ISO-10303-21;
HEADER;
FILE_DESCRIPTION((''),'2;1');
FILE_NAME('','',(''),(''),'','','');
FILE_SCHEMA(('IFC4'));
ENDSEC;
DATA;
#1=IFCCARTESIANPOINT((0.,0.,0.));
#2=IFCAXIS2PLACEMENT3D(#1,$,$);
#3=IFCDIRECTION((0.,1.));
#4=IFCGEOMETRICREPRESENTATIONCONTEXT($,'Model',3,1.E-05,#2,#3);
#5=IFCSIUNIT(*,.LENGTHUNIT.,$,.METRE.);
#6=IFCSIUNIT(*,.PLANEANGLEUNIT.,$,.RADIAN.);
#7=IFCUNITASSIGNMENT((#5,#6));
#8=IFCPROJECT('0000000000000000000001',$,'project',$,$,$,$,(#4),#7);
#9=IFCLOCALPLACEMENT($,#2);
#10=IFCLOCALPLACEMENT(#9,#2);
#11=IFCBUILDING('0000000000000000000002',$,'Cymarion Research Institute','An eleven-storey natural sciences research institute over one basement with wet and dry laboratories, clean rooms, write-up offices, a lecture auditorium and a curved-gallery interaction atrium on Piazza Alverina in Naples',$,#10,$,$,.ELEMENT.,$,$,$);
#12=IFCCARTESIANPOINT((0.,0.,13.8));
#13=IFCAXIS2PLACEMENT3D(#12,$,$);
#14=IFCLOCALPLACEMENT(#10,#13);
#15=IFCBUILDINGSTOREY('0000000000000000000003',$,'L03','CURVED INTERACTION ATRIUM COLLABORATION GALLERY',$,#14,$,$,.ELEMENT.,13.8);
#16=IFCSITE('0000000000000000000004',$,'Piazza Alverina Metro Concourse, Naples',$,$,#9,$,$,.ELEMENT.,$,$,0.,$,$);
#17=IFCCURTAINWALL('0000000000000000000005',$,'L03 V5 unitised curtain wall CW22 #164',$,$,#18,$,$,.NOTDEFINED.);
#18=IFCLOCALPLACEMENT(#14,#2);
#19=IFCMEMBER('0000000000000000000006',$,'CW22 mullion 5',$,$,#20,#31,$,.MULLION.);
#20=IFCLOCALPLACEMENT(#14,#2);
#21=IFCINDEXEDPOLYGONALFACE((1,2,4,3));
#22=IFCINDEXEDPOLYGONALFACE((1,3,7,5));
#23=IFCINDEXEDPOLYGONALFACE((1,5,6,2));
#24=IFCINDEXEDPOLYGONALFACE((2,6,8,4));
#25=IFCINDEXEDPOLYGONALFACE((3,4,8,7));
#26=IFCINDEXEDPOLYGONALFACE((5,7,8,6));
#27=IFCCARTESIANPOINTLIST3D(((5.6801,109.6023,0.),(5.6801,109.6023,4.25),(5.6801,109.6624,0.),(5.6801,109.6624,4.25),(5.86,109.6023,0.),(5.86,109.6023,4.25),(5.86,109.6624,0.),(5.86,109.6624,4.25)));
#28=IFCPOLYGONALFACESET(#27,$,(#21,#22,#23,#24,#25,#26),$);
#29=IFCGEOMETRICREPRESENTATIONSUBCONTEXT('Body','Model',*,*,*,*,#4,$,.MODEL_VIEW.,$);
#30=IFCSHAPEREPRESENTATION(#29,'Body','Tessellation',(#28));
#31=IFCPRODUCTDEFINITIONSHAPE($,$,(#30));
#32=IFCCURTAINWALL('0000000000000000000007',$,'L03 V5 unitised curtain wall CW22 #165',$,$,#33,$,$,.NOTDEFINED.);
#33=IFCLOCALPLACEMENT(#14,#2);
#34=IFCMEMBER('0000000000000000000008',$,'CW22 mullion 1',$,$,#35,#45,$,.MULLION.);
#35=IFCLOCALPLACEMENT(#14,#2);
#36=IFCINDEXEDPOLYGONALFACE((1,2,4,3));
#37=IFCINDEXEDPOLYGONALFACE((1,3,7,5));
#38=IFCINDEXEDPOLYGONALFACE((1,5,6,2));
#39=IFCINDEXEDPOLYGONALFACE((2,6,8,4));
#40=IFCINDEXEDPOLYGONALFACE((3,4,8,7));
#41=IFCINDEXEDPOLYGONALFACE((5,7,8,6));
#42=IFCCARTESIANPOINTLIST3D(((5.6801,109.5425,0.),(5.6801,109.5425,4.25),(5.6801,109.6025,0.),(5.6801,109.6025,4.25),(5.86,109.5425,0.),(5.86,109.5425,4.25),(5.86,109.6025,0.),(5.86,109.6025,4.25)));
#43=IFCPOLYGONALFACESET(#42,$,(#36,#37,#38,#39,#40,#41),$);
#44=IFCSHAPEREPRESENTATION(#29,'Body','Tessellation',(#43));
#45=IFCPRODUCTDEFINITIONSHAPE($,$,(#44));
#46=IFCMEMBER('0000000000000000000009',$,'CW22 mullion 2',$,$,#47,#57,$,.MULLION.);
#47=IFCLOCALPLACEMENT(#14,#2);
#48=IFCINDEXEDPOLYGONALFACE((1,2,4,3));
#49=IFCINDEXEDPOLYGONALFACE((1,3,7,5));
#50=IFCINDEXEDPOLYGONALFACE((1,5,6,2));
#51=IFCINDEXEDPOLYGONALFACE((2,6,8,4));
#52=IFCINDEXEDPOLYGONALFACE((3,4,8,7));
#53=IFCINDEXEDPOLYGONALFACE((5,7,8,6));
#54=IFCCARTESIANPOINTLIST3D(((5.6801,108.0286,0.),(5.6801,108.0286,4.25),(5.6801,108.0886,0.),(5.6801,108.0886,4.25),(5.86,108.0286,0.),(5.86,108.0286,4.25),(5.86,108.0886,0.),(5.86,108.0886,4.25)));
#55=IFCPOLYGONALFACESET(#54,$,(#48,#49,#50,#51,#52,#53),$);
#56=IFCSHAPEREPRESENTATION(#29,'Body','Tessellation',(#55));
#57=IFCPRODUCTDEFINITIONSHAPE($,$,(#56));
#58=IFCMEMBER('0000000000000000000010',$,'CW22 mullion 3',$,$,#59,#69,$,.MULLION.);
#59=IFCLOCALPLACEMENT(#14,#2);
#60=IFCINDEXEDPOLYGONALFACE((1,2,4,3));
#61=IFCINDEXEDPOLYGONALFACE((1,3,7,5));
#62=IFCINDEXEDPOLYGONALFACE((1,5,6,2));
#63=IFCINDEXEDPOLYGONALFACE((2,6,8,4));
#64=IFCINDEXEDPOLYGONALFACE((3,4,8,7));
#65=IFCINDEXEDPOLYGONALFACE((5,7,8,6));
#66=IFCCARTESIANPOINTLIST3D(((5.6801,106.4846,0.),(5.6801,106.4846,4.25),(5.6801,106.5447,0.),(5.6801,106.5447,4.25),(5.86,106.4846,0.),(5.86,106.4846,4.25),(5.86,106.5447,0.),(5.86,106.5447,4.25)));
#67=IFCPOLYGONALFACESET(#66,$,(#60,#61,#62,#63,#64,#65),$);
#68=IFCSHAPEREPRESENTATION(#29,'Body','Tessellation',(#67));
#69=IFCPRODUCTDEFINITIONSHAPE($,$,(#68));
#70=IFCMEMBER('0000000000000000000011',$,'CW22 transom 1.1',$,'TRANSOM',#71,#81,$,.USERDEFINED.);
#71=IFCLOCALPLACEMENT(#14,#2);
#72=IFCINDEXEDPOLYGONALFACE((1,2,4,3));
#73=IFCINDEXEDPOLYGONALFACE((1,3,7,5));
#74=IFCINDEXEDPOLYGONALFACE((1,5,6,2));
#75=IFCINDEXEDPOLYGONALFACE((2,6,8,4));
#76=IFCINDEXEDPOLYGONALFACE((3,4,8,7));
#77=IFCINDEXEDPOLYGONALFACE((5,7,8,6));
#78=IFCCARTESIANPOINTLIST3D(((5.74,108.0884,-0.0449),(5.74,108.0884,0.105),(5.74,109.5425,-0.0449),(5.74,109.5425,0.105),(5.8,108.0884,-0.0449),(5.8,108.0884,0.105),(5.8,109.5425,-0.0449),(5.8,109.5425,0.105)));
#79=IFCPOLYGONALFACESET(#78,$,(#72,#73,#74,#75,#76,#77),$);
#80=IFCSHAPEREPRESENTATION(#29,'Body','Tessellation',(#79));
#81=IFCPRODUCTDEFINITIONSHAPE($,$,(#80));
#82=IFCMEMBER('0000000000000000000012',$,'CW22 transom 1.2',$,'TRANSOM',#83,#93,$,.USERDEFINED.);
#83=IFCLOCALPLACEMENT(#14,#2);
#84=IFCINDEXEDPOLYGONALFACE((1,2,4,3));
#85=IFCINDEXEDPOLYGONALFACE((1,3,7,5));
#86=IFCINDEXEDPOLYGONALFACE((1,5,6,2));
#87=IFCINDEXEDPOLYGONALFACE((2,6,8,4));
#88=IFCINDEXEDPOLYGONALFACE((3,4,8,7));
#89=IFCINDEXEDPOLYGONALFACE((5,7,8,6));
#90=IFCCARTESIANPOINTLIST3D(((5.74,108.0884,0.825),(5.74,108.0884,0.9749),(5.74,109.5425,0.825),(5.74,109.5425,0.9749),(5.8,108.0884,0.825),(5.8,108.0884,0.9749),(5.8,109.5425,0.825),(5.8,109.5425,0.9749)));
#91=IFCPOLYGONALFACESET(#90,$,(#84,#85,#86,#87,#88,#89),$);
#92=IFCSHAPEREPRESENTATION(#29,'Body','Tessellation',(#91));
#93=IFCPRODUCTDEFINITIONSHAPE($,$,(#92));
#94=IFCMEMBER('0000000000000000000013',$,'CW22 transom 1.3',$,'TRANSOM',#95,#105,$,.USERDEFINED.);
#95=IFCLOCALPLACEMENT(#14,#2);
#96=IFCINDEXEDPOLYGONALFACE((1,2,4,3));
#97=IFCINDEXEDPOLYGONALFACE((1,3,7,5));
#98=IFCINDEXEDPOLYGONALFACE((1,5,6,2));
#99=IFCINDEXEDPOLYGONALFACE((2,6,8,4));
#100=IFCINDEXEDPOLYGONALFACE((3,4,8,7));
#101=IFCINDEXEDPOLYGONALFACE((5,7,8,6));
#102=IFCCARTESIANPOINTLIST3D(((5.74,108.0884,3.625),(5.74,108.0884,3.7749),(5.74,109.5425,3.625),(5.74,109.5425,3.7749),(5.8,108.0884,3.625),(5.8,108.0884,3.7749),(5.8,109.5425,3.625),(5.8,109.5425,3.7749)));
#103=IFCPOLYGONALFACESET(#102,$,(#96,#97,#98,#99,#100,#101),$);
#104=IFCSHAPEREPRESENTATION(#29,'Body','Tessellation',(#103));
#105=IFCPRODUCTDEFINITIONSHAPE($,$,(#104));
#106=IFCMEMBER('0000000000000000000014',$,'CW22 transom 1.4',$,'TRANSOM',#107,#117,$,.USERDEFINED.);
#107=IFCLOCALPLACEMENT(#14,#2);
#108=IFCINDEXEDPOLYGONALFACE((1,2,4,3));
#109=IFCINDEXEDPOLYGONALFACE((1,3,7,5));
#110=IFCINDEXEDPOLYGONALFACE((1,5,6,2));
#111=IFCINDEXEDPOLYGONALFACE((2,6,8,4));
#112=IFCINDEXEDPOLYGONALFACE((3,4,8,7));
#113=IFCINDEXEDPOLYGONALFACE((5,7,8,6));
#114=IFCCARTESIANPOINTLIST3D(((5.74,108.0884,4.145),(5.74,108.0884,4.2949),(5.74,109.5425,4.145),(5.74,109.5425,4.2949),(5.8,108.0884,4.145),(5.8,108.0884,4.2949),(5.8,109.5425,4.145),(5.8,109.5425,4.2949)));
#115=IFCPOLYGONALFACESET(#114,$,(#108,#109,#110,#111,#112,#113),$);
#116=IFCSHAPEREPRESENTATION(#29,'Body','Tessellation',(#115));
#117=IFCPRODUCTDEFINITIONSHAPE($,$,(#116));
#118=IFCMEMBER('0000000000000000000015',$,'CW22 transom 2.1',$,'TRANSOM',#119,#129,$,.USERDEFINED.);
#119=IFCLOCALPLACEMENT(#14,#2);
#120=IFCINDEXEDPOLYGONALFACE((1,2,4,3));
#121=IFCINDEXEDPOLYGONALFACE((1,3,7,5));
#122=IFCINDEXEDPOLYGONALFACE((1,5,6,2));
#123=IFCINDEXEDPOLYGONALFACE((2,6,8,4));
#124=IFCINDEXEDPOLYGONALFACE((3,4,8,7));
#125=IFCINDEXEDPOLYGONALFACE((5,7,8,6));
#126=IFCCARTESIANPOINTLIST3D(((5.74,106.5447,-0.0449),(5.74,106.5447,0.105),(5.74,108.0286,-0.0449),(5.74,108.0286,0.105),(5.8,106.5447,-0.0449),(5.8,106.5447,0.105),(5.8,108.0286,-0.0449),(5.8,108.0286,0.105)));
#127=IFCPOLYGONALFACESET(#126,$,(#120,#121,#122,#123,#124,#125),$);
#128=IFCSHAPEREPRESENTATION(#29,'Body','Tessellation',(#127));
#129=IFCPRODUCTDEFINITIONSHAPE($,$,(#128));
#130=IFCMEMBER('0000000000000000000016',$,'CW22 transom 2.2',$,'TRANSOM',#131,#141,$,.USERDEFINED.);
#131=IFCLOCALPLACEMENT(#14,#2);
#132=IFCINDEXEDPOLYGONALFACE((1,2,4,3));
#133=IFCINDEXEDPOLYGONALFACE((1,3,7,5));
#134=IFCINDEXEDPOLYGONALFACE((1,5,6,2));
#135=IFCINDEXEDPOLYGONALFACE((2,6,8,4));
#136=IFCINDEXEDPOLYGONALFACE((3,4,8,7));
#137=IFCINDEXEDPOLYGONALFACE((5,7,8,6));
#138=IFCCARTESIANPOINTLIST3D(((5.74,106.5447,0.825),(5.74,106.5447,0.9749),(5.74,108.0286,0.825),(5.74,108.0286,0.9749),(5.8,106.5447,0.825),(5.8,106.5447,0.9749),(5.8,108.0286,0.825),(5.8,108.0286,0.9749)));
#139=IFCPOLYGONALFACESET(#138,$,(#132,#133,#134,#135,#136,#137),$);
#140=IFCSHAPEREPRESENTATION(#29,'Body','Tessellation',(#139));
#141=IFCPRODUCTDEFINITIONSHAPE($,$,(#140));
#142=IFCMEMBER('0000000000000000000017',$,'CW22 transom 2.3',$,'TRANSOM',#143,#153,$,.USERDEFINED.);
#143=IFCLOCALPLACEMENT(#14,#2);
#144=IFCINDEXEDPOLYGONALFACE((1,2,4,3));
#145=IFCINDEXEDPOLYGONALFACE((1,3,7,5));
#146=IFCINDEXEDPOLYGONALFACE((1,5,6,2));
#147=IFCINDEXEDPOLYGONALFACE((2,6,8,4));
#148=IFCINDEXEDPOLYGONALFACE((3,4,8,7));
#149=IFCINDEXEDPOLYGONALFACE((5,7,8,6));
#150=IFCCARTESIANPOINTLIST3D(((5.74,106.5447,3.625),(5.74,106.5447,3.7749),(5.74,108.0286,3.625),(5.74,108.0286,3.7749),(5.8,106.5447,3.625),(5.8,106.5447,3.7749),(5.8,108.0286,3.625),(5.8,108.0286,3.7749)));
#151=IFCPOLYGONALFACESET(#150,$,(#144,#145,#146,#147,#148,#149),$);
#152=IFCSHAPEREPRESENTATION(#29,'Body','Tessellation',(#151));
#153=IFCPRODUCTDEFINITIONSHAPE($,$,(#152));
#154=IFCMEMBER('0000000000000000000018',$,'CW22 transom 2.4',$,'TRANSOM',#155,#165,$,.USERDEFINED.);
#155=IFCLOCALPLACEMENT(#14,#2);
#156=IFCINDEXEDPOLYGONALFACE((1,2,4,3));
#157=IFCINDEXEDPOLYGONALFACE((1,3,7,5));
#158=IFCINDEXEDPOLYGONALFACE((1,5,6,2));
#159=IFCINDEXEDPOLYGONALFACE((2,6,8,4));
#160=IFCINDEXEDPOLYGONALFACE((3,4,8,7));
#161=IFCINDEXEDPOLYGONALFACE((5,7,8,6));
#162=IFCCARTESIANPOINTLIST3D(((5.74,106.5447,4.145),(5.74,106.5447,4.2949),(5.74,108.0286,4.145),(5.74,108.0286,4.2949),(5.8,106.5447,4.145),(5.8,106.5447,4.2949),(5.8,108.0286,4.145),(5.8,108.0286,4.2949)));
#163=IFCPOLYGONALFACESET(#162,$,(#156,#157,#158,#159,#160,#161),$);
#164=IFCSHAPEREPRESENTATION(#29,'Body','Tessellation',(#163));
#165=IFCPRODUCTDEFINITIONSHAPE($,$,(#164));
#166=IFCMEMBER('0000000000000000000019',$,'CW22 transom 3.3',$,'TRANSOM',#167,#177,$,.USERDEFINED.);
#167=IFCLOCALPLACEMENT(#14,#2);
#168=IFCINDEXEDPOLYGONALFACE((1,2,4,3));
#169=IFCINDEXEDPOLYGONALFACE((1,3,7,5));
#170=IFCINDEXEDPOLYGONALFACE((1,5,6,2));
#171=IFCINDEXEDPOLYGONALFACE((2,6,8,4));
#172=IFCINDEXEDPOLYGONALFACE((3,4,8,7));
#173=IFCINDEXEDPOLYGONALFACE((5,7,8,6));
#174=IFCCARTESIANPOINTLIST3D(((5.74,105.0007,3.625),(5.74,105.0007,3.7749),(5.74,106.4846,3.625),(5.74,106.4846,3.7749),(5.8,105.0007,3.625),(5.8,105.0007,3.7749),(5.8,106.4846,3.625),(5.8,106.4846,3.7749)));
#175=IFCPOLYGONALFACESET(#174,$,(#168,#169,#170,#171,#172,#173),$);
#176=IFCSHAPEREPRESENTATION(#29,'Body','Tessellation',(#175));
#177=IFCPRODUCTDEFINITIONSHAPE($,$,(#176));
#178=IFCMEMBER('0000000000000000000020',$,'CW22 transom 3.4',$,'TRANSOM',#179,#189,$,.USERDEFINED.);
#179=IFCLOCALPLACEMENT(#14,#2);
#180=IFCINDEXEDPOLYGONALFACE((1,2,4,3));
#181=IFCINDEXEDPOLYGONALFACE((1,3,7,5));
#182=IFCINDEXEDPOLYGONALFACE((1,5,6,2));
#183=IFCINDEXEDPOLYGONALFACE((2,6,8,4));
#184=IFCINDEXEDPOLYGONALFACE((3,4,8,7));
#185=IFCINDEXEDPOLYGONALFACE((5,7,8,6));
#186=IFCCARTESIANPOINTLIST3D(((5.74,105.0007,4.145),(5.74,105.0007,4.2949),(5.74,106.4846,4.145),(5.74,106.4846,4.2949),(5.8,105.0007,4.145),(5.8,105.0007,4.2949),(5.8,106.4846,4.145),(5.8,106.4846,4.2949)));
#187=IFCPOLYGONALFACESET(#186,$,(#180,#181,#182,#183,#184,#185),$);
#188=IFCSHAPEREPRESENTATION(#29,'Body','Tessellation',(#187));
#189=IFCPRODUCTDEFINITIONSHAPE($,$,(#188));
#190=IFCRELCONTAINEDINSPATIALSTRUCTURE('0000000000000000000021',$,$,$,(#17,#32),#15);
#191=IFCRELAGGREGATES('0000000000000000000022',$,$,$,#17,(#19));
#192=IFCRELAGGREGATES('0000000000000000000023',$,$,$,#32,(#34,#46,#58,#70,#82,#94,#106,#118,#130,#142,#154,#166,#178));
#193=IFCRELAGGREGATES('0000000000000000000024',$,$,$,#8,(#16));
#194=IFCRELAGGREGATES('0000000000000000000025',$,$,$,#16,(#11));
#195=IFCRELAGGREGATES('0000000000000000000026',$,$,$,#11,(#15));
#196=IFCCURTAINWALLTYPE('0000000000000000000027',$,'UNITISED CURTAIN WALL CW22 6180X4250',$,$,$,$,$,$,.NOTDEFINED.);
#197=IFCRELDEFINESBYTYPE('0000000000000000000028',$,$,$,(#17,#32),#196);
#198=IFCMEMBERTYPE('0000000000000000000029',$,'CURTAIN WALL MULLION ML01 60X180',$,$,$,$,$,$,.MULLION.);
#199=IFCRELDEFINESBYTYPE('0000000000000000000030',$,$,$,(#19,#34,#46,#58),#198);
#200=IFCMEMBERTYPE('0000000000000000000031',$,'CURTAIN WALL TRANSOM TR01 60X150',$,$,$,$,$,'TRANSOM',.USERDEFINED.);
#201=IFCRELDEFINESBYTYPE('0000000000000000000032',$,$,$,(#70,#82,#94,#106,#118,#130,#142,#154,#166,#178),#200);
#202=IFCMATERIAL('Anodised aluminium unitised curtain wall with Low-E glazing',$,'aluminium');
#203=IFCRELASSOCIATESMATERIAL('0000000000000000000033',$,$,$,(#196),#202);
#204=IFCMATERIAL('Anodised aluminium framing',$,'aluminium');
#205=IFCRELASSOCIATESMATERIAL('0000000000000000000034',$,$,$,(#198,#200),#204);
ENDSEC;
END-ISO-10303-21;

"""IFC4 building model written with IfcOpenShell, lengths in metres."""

from ifc_helpers import new_model, si_unit, direction, frame, origin, origin_2d, place, context, subcontext, project, spatial, rectangle, extrude, material, material_profile, profile_set, type_object, element, aggregate, save


model = new_model("IFC4")

# Units and contexts
model_context = context("Model", 3, precision=1e-05, world=origin(), true_north=direction((0.0, 1.0)))
body_context = subcontext(model_context, "Body", "Model", "MODEL_VIEW")
ifc_project = project(units=[si_unit("LENGTHUNIT", "METRE"), si_unit("PLANEANGLEUNIT", "RADIAN")], contexts=[model_context])

# Site, building, storey
site_placement = place(None, origin())
site = spatial("IfcSite", under=ifc_project, at=site_placement, Name="Piazza Alverina Metro Concourse, Naples", CompositionType="ELEMENT", RefElevation=0.0)
building_placement = place(site_placement, origin())
building = spatial("IfcBuilding", under=site, at=building_placement, Name="Cymarion Research Institute", Description="An eleven-storey natural sciences research institute over one basement with wet and dry laboratories, clean rooms, write-up offices, a lecture auditorium and a curved-gallery interaction atrium on Piazza Alverina in Naples", CompositionType="ELEMENT")
storey_placement = place(building_placement, frame((0.0, 0.0, 13.8)))
storey = spatial("IfcBuildingStorey", under=building, at=storey_placement, Name="L03", Description="CURVED INTERACTION ATRIUM COLLABORATION GALLERY", CompositionType="ELEMENT", Elevation=13.8)

# Curtain wall, member
ifc_material_1 = material(Name="Anodised aluminium unitised curtain wall with Low-E glazing", Category="aluminium")
curtain_wall_type = type_object("IfcCurtainWallType", Name="UNITISED CURTAIN WALL CW22 6180X4250", PredefinedType="NOTDEFINED", material=ifc_material_1)
curtain_wall_1_placement = place(storey_placement, origin())
curtain_wall_1 = element("IfcCurtainWall", 1, at=curtain_wall_1_placement, inside=storey, type_object=curtain_wall_type, Name="L03 V5 unitised curtain wall CW22 #164", PredefinedType="NOTDEFINED")
ifc_material_2 = material(Name="Anodised aluminium framing", Category="aluminium")
ifc_material_profile_1 = material_profile(ifc_material_2, rectangle(XDim=0.0601, YDim=0.1799, at=origin_2d()), Name="ALU MULLION 60x180")
ifc_profile_set_1 = profile_set([ifc_material_profile_1], Name="Anodised aluminium framing")
member_type_1 = type_object("IfcMemberType", Name="CURTAIN WALL MULLION ML01 60X180", PredefinedType="MULLION", material=ifc_profile_set_1)
member_1_placement = place(storey_placement, frame((5.77, 109.6323, 0.0), z_axis=(0.0, 0.0, 1.0), x_axis=(0.0, -1.0, 0.0)))
member_1 = element("IfcMember", 2, at=member_1_placement, type_object=member_type_1, Name="CW22 mullion 5", PredefinedType="MULLION", context=body_context, shape_type="SweptSolid", body=[
    extrude(rectangle(XDim=0.0601, YDim=0.1799, at=origin_2d()), origin(), (0.0, 0.0, 1.0), 4.25),
])
aggregate(curtain_wall_1, [member_1])

# Curtain wall, members
curtain_wall_2_placement = place(storey_placement, origin())
curtain_wall_2 = element("IfcCurtainWall", 3, at=curtain_wall_2_placement, inside=storey, type_object=curtain_wall_type, Name="L03 V5 unitised curtain wall CW22 #165", PredefinedType="NOTDEFINED")
member_2_placement = place(storey_placement, frame((5.77, 109.5725, 0.0), z_axis=(0.0, 0.0, 1.0), x_axis=(0.0, -1.0, 0.0)))
member_2 = element("IfcMember", 4, at=member_2_placement, type_object=member_type_1, Name="CW22 mullion 1", PredefinedType="MULLION", context=body_context, shape_type="SweptSolid", body=[
    extrude(rectangle(XDim=0.0601, YDim=0.1799, at=origin_2d()), origin(), (0.0, 0.0, 1.0), 4.25),
])
member_3_placement = place(storey_placement, frame((5.77, 108.0586, 0.0), z_axis=(0.0, 0.0, 1.0), x_axis=(0.0, -1.0, 0.0)))
member_3 = element("IfcMember", 5, at=member_3_placement, type_object=member_type_1, Name="CW22 mullion 2", PredefinedType="MULLION", context=body_context, shape_type="SweptSolid", body=[
    extrude(rectangle(XDim=0.0601, YDim=0.1799, at=origin_2d()), origin(), (0.0, 0.0, 1.0), 4.25),
])
member_4_placement = place(storey_placement, frame((5.77, 106.5146, 0.0), z_axis=(0.0, 0.0, 1.0), x_axis=(0.0, -1.0, 0.0)))
member_4 = element("IfcMember", 6, at=member_4_placement, type_object=member_type_1, Name="CW22 mullion 3", PredefinedType="MULLION", context=body_context, shape_type="SweptSolid", body=[
    extrude(rectangle(XDim=0.0601, YDim=0.1799, at=origin_2d()), origin(), (0.0, 0.0, 1.0), 4.25),
])
ifc_material_profile_2 = material_profile(ifc_material_2, rectangle(XDim=0.0601, YDim=0.1499, at=origin_2d()), Name="ALU TRANSOM 60x150")
ifc_profile_set_2 = profile_set([ifc_material_profile_2], Name="Anodised aluminium framing")
member_type_2 = type_object("IfcMemberType", Name="CURTAIN WALL TRANSOM TR01 60X150", ElementType="TRANSOM", PredefinedType="USERDEFINED", material=ifc_profile_set_2)
member_5_placement = place(storey_placement, frame((5.77, 109.5425, 0.03), z_axis=(0.0, -1.0, 0.0), x_axis=(1.0, 0.0, 0.0)))
member_5 = element("IfcMember", 7, at=member_5_placement, type_object=member_type_2, Name="CW22 transom 1.1", ObjectType="TRANSOM", PredefinedType="USERDEFINED", context=body_context, shape_type="SweptSolid", body=[
    extrude(rectangle(XDim=0.0601, YDim=0.1499, at=origin_2d()), origin(), (0.0, 0.0, 1.0), 1.4541),
])
member_6_placement = place(storey_placement, frame((5.77, 109.5425, 0.8999), z_axis=(0.0, -1.0, 0.0), x_axis=(1.0, 0.0, 0.0)))
member_6 = element("IfcMember", 8, at=member_6_placement, type_object=member_type_2, Name="CW22 transom 1.2", ObjectType="TRANSOM", PredefinedType="USERDEFINED", context=body_context, shape_type="SweptSolid", body=[
    extrude(rectangle(XDim=0.0601, YDim=0.1499, at=origin_2d()), origin(), (0.0, 0.0, 1.0), 1.4541),
])
member_7_placement = place(storey_placement, frame((5.77, 109.5425, 3.7), z_axis=(0.0, -1.0, 0.0), x_axis=(1.0, 0.0, 0.0)))
member_7 = element("IfcMember", 9, at=member_7_placement, type_object=member_type_2, Name="CW22 transom 1.3", ObjectType="TRANSOM", PredefinedType="USERDEFINED", context=body_context, shape_type="SweptSolid", body=[
    extrude(rectangle(XDim=0.0601, YDim=0.1499, at=origin_2d()), origin(), (0.0, 0.0, 1.0), 1.4541),
])
member_8_placement = place(storey_placement, frame((5.77, 109.5425, 4.22), z_axis=(0.0, -1.0, 0.0), x_axis=(1.0, 0.0, 0.0)))
member_8 = element("IfcMember", 10, at=member_8_placement, type_object=member_type_2, Name="CW22 transom 1.4", ObjectType="TRANSOM", PredefinedType="USERDEFINED", context=body_context, shape_type="SweptSolid", body=[
    extrude(rectangle(XDim=0.0601, YDim=0.1499, at=origin_2d()), origin(), (0.0, 0.0, 1.0), 1.4541),
])
member_9_placement = place(storey_placement, frame((5.77, 108.0286, 0.03), z_axis=(0.0, -1.0, 0.0), x_axis=(1.0, 0.0, 0.0)))
member_9 = element("IfcMember", 11, at=member_9_placement, type_object=member_type_2, Name="CW22 transom 2.1", ObjectType="TRANSOM", PredefinedType="USERDEFINED", context=body_context, shape_type="SweptSolid", body=[
    extrude(rectangle(XDim=0.0601, YDim=0.1499, at=origin_2d()), origin(), (0.0, 0.0, 1.0), 1.4839),
])
member_10_placement = place(storey_placement, frame((5.77, 108.0286, 0.8999), z_axis=(0.0, -1.0, 0.0), x_axis=(1.0, 0.0, 0.0)))
member_10 = element("IfcMember", 12, at=member_10_placement, type_object=member_type_2, Name="CW22 transom 2.2", ObjectType="TRANSOM", PredefinedType="USERDEFINED", context=body_context, shape_type="SweptSolid", body=[
    extrude(rectangle(XDim=0.0601, YDim=0.1499, at=origin_2d()), origin(), (0.0, 0.0, 1.0), 1.4839),
])
member_11_placement = place(storey_placement, frame((5.77, 108.0286, 3.7), z_axis=(0.0, -1.0, 0.0), x_axis=(1.0, 0.0, 0.0)))
member_11 = element("IfcMember", 13, at=member_11_placement, type_object=member_type_2, Name="CW22 transom 2.3", ObjectType="TRANSOM", PredefinedType="USERDEFINED", context=body_context, shape_type="SweptSolid", body=[
    extrude(rectangle(XDim=0.0601, YDim=0.1499, at=origin_2d()), origin(), (0.0, 0.0, 1.0), 1.4839),
])
member_12_placement = place(storey_placement, frame((5.77, 108.0286, 4.22), z_axis=(0.0, -1.0, 0.0), x_axis=(1.0, 0.0, 0.0)))
member_12 = element("IfcMember", 14, at=member_12_placement, type_object=member_type_2, Name="CW22 transom 2.4", ObjectType="TRANSOM", PredefinedType="USERDEFINED", context=body_context, shape_type="SweptSolid", body=[
    extrude(rectangle(XDim=0.0601, YDim=0.1499, at=origin_2d()), origin(), (0.0, 0.0, 1.0), 1.4839),
])
member_13_placement = place(storey_placement, frame((5.77, 106.4846, 3.7), z_axis=(0.0, -1.0, 0.0), x_axis=(1.0, 0.0, 0.0)))
member_13 = element("IfcMember", 15, at=member_13_placement, type_object=member_type_2, Name="CW22 transom 3.3", ObjectType="TRANSOM", PredefinedType="USERDEFINED", context=body_context, shape_type="SweptSolid", body=[
    extrude(rectangle(XDim=0.0601, YDim=0.1499, at=origin_2d()), origin(), (0.0, 0.0, 1.0), 1.4839),
])
member_14_placement = place(storey_placement, frame((5.77, 106.4846, 4.22), z_axis=(0.0, -1.0, 0.0), x_axis=(1.0, 0.0, 0.0)))
member_14 = element("IfcMember", 16, at=member_14_placement, type_object=member_type_2, Name="CW22 transom 3.4", ObjectType="TRANSOM", PredefinedType="USERDEFINED", context=body_context, shape_type="SweptSolid", body=[
    extrude(rectangle(XDim=0.0601, YDim=0.1499, at=origin_2d()), origin(), (0.0, 0.0, 1.0), 1.4839),
])
aggregate(curtain_wall_2, [member_2, member_3, member_4, member_5, member_6, member_7, member_8, member_9, member_10, member_11, member_12, member_13, member_14])

save(model, "model.ifc")
